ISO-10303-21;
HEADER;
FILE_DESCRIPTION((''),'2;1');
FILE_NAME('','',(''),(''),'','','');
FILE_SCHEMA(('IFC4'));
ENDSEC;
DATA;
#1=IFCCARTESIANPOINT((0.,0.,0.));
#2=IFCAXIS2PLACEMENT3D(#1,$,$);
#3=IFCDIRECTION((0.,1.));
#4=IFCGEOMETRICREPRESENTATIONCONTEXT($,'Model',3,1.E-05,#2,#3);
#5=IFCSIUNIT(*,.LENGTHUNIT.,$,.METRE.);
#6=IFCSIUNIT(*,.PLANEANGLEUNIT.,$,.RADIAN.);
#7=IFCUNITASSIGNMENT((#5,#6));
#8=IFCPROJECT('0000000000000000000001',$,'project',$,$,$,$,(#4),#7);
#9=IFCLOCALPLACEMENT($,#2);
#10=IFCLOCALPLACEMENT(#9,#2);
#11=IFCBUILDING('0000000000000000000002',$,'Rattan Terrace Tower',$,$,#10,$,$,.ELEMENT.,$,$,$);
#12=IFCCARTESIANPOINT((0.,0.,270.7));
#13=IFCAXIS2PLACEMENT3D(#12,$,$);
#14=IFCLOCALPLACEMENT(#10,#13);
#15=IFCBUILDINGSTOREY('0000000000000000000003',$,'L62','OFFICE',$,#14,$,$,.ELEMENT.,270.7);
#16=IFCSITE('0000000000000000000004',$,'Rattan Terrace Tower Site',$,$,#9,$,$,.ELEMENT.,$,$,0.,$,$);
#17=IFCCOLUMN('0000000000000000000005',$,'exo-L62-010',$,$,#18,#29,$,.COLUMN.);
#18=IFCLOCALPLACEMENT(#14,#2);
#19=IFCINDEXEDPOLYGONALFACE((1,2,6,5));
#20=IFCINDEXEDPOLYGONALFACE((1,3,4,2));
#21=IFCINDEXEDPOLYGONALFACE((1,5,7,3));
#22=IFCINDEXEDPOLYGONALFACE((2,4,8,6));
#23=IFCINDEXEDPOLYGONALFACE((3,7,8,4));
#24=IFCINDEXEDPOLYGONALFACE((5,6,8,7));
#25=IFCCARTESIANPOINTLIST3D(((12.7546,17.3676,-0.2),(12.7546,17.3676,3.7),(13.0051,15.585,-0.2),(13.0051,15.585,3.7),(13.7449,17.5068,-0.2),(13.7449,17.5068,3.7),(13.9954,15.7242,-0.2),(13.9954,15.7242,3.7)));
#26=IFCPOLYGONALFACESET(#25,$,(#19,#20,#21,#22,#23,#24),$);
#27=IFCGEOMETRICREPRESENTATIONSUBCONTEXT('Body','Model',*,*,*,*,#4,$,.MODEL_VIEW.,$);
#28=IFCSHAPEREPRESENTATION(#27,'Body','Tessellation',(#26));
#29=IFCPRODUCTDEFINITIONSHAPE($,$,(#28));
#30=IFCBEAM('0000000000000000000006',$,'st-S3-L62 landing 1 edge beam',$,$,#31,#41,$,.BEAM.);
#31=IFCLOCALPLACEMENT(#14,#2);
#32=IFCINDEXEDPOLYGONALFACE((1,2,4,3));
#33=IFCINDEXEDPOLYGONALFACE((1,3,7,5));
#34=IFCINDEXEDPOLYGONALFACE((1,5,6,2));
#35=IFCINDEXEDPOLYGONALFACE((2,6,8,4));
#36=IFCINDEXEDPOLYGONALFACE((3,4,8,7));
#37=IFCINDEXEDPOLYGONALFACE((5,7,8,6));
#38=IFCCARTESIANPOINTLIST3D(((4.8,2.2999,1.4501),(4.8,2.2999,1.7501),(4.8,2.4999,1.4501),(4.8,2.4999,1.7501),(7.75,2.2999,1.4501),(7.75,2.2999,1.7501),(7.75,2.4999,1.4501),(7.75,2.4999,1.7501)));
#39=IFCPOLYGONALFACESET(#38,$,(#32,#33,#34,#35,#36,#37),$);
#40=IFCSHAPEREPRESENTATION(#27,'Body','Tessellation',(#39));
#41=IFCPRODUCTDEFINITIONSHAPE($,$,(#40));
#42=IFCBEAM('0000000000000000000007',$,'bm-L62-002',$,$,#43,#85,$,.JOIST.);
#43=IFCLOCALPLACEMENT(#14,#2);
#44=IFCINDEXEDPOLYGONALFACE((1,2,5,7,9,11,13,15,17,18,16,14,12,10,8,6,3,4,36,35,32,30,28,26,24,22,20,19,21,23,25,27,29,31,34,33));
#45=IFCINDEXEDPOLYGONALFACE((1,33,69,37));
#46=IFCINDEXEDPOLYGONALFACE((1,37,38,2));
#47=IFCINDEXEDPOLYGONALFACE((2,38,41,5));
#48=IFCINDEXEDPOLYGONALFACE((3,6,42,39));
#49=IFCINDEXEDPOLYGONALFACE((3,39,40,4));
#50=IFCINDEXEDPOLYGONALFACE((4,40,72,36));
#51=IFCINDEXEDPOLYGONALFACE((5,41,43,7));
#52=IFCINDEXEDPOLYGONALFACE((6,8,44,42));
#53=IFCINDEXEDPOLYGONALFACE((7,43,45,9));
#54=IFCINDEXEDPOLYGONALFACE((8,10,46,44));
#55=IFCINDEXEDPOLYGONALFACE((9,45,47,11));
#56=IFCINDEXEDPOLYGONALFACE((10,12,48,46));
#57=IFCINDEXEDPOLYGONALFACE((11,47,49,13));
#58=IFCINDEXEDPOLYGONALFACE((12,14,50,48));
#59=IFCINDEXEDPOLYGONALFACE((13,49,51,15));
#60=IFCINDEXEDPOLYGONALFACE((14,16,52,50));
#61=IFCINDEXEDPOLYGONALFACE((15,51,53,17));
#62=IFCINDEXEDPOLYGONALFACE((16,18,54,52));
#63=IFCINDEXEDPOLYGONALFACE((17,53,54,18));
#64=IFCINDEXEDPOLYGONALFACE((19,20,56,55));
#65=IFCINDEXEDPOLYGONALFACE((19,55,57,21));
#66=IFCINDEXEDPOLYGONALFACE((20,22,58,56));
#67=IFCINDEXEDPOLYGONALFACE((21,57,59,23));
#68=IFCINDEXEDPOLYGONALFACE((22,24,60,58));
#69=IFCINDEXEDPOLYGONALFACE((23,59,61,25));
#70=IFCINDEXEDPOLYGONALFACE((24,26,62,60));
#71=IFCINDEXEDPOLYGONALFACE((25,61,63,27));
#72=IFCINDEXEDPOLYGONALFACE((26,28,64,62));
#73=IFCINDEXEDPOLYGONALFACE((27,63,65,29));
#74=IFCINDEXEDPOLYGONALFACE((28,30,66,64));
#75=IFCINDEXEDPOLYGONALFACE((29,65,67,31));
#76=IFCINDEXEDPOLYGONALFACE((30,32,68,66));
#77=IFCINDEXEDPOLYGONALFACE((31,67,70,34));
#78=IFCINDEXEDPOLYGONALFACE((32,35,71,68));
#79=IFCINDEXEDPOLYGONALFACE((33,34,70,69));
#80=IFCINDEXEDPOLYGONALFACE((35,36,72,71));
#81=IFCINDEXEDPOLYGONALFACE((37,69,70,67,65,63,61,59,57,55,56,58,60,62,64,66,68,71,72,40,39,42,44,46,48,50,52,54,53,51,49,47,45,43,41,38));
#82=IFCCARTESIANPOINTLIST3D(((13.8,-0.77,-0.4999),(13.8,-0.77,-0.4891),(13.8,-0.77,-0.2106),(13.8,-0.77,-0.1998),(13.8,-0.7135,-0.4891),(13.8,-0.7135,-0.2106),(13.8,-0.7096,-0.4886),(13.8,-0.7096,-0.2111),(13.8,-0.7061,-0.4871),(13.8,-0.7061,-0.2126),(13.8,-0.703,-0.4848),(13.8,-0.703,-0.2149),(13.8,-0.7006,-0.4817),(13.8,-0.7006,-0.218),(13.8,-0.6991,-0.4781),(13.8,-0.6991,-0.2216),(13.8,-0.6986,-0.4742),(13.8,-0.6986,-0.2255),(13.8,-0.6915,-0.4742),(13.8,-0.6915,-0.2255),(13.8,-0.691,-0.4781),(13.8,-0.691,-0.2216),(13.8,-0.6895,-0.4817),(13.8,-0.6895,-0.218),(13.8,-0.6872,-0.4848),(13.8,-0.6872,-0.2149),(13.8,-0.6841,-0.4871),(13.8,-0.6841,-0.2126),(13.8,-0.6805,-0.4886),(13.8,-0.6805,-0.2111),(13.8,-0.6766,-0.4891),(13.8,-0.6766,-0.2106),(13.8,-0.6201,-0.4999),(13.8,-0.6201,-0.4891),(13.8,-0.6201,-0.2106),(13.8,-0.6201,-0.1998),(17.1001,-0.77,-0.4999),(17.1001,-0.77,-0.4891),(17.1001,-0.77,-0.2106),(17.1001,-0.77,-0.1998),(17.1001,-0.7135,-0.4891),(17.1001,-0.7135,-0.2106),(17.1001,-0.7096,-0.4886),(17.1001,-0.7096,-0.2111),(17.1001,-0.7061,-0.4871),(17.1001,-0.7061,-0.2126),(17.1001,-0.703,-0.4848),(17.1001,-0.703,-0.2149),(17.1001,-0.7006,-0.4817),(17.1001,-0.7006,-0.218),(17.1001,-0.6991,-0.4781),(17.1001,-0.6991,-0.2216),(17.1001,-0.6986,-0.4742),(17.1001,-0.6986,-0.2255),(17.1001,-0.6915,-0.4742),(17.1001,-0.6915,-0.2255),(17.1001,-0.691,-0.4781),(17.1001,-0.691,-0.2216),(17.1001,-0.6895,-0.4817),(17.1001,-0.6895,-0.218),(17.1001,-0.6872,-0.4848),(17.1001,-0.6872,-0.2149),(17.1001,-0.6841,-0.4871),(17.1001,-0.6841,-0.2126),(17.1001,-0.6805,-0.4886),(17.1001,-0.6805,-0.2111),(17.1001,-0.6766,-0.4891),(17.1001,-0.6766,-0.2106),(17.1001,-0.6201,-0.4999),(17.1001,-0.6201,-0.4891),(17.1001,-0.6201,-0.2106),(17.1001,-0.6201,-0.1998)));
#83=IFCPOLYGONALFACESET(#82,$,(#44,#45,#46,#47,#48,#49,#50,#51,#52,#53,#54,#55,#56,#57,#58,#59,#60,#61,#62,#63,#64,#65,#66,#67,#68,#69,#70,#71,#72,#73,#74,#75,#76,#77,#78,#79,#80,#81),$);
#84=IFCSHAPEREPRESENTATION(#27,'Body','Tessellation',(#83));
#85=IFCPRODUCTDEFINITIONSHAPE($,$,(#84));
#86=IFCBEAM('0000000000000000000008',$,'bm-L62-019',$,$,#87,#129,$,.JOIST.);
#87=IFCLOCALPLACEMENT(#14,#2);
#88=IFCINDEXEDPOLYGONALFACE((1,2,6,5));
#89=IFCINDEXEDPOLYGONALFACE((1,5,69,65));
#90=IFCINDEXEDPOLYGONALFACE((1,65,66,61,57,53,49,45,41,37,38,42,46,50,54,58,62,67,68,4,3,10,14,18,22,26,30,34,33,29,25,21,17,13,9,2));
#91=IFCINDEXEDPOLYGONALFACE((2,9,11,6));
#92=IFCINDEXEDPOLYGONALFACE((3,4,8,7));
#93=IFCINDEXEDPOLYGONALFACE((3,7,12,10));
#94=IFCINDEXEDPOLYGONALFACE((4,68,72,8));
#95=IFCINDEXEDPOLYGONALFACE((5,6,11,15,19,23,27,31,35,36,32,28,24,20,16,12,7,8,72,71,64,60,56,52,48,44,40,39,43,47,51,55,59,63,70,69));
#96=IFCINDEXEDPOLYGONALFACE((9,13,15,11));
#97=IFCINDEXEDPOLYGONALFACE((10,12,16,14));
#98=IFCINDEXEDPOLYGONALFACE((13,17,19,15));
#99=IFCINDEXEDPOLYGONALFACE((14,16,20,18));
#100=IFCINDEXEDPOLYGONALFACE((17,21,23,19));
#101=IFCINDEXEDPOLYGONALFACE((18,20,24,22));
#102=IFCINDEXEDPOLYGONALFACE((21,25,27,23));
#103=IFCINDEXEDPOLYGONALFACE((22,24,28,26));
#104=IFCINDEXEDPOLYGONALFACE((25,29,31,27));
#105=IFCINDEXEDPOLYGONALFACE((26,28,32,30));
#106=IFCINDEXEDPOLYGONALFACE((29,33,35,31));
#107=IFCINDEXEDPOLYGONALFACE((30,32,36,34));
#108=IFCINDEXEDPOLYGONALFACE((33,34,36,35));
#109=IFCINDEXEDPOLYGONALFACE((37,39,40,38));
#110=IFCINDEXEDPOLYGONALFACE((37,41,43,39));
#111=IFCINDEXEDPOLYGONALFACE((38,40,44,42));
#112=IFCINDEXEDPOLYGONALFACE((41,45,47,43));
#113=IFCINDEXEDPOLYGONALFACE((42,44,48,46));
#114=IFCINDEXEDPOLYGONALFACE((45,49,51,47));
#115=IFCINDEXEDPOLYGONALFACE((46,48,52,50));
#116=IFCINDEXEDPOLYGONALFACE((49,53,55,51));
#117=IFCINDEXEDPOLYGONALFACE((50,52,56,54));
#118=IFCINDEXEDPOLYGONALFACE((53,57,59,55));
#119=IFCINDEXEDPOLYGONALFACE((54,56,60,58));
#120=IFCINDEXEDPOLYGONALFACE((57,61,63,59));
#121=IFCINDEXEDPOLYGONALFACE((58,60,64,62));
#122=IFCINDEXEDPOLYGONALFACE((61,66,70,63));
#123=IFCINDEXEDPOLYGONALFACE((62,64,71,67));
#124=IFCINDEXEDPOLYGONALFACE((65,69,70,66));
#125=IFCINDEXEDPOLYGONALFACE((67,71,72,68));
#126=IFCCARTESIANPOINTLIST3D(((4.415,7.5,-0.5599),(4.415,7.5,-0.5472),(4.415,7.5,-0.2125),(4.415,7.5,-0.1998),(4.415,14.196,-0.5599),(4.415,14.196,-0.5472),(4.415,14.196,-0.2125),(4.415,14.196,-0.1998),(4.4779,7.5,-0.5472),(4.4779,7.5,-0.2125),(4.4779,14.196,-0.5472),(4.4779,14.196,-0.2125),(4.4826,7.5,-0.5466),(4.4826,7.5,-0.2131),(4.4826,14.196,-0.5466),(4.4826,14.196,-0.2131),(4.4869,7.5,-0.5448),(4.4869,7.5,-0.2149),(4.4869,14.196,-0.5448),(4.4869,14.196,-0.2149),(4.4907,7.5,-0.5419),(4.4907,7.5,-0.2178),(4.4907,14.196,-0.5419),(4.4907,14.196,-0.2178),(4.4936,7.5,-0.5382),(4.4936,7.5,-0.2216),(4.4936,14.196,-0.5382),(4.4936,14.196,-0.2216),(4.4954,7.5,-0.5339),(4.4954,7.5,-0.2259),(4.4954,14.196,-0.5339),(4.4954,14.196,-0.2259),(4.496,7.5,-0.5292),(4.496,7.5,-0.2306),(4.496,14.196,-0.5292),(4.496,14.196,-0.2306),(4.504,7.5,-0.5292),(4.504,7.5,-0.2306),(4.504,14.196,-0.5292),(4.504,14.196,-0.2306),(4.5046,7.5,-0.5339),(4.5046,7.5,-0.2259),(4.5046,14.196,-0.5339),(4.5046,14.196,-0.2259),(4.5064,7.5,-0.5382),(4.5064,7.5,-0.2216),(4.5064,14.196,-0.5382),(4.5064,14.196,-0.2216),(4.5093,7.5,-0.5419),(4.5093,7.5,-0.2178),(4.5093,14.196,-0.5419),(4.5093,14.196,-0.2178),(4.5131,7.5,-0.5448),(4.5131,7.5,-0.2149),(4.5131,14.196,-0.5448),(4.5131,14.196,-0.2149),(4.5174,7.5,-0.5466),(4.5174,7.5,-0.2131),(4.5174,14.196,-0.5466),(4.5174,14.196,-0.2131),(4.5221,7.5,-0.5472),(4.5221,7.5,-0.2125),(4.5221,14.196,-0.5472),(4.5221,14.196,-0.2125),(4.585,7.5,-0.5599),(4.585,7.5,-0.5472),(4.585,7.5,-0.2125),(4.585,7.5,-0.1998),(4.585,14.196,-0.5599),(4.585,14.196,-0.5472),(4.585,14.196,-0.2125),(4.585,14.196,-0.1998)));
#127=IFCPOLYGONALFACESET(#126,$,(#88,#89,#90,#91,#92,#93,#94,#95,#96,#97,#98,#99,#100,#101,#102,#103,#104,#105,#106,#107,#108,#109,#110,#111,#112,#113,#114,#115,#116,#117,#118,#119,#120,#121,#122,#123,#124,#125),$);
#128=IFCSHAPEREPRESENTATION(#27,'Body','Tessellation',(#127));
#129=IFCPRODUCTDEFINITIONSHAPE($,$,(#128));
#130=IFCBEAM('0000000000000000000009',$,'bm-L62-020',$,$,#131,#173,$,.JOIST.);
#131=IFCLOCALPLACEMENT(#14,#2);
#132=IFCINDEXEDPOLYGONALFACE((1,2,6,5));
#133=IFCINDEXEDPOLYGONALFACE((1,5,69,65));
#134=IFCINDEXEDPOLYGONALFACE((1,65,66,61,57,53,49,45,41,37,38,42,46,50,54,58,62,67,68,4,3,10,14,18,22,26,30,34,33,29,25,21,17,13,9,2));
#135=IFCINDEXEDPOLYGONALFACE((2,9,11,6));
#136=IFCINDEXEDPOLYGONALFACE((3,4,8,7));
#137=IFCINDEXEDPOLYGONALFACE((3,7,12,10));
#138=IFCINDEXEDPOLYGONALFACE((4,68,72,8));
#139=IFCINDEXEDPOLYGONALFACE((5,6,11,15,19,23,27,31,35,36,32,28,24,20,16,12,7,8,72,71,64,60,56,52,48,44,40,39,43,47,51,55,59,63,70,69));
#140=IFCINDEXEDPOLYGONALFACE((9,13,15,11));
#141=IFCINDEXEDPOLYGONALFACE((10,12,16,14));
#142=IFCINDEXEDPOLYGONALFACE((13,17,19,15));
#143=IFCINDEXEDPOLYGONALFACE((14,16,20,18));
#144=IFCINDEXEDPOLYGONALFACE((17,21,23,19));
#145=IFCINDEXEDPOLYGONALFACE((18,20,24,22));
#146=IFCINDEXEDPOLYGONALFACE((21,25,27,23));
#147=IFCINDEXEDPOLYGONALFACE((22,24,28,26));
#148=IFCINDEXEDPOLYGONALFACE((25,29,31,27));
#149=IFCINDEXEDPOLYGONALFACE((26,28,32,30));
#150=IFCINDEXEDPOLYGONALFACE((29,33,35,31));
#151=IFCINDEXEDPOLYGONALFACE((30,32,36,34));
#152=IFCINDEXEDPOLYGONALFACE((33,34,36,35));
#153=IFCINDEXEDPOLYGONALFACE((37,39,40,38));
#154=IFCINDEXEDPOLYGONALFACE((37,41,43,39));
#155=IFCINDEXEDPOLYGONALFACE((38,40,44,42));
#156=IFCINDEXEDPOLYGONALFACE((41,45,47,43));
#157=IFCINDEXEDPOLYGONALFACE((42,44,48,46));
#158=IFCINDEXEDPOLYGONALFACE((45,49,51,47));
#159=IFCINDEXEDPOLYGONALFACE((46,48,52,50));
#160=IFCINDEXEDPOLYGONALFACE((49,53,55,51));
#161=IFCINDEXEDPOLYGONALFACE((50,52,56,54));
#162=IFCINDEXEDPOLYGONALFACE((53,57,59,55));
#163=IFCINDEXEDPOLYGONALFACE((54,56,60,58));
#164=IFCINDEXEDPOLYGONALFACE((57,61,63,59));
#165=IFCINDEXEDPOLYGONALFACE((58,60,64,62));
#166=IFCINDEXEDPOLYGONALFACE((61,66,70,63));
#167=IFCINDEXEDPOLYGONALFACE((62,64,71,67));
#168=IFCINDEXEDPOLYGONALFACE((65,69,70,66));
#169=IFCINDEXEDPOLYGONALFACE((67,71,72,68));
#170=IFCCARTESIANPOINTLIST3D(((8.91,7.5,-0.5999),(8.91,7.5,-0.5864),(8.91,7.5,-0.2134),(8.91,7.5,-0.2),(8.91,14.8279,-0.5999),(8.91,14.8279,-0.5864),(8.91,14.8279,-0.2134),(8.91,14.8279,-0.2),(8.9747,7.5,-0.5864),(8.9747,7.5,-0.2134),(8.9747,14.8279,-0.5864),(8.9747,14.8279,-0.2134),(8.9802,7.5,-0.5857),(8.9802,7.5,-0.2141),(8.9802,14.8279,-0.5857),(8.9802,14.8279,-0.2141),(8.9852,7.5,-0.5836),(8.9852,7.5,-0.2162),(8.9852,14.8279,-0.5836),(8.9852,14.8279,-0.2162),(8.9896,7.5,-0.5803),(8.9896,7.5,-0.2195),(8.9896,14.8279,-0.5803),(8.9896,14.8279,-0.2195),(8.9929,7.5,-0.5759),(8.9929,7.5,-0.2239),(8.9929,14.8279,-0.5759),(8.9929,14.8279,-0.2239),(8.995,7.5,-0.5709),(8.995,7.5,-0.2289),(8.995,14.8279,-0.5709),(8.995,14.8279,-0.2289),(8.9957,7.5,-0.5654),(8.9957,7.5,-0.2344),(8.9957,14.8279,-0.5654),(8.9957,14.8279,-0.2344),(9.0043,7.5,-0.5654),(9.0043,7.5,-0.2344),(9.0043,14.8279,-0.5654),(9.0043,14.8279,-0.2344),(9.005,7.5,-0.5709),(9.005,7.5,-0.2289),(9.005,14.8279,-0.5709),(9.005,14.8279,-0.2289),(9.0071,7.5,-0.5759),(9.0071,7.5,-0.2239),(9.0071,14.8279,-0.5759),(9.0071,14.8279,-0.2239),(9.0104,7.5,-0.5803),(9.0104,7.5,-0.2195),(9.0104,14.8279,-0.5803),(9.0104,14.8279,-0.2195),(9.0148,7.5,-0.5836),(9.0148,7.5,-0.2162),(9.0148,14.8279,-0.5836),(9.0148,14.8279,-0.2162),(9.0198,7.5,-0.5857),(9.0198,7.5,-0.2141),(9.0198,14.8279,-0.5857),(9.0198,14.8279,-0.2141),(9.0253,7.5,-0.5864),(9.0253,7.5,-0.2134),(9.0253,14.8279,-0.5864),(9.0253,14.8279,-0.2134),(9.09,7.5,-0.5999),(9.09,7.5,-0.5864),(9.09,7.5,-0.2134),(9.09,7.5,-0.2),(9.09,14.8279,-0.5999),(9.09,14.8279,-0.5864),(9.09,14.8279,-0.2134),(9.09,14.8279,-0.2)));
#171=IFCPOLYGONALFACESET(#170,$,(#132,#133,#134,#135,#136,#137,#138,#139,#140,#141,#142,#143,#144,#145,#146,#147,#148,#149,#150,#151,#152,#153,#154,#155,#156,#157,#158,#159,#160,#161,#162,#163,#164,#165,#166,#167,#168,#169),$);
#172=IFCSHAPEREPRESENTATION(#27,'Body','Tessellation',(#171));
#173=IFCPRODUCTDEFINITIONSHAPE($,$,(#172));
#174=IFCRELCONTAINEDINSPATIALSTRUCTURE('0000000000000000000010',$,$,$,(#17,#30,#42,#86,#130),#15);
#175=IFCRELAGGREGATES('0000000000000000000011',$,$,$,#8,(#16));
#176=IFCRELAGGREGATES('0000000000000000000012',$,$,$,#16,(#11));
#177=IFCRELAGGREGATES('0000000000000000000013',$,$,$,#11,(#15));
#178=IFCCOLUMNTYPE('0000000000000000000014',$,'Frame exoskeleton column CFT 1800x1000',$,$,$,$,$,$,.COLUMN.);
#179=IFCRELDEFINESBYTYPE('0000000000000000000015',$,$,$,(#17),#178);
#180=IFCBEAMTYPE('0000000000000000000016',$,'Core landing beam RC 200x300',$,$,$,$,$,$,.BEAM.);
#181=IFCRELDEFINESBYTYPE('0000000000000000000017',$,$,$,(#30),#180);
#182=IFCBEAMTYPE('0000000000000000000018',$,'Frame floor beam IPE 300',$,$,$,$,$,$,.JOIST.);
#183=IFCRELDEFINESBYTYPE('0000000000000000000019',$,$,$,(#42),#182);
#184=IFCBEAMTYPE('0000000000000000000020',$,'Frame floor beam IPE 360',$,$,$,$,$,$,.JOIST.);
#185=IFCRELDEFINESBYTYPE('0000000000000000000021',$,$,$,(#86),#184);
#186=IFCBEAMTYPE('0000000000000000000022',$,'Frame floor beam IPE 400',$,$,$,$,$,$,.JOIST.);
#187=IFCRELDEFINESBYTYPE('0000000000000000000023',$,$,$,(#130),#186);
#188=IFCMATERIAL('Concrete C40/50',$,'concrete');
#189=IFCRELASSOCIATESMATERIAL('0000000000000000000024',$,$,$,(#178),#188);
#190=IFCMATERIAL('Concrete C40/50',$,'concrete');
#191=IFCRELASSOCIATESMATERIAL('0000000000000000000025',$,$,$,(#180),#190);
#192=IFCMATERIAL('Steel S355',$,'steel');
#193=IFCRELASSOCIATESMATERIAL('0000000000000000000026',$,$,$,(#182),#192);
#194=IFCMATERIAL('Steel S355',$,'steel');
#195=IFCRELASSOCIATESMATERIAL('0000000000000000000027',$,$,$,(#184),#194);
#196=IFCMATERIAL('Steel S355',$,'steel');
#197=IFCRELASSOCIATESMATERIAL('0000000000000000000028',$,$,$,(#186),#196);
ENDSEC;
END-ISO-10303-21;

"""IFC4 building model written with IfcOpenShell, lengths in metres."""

from ifc_helpers import new_model, si_unit, direction, frame, origin, origin_2d, place, context, subcontext, project, spatial, rectangle, i_section, extrude, material, material_profile, profile_set, type_object, element, save


model = new_model("IFC4")

# Units and contexts
model_context = context("Model", 3, precision=1e-05, world=origin(), true_north=direction((0.0, 1.0)))
body_context = subcontext(model_context, "Body", "Model", "MODEL_VIEW")
ifc_project = project(units=[si_unit("LENGTHUNIT", "METRE"), si_unit("PLANEANGLEUNIT", "RADIAN")], contexts=[model_context])

# Site, building, storey
site_placement = place(None, origin())
site = spatial("IfcSite", under=ifc_project, at=site_placement, Name="Rattan Terrace Tower Site", CompositionType="ELEMENT", RefElevation=0.0)
building_placement = place(site_placement, origin())
building = spatial("IfcBuilding", under=site, at=building_placement, Name="Rattan Terrace Tower", CompositionType="ELEMENT")
storey_placement = place(building_placement, frame((0.0, 0.0, 270.7)))
storey = spatial("IfcBuildingStorey", under=building, at=storey_placement, Name="L62", Description="OFFICE", CompositionType="ELEMENT", Elevation=270.7)

# Column
ifc_material_1 = material(Name="Concrete C40/50", Category="concrete")
ifc_material_profile_1 = material_profile(ifc_material_1, rectangle(XDim=1.0, YDim=1.8, at=origin_2d()), Name="CFT 1800x1000")
ifc_profile_set_1 = profile_set([ifc_material_profile_1], Name="Concrete C40/50")
column_type = type_object("IfcColumnType", Name="Frame exoskeleton column CFT 1800x1000", PredefinedType="COLUMN", material=ifc_profile_set_1)
column_placement = place(storey_placement, frame((13.375, 16.5459, -0.2), z_axis=(0.0, 0.0, 1.0), x_axis=(0.990266, 0.13919, 0.0)))
element("IfcColumn", 1, at=column_placement, inside=storey, type_object=column_type, Name="exo-L62-010", PredefinedType="COLUMN", context=body_context, shape_type="SweptSolid", body=[
    extrude(rectangle(XDim=1.0, YDim=1.8, at=origin_2d()), origin(), (0.0, 0.0, 1.0), 3.8999),
])

# Beams
ifc_material_2 = material(Name="Concrete C40/50", Category="concrete")
ifc_material_profile_2 = material_profile(ifc_material_2, rectangle(XDim=0.2, YDim=0.3, at=origin_2d()), Name="RC 200x300")
ifc_profile_set_2 = profile_set([ifc_material_profile_2], Name="Concrete C40/50")
beam_type_1 = type_object("IfcBeamType", Name="Core landing beam RC 200x300", PredefinedType="BEAM", material=ifc_profile_set_2)
beam_1_placement = place(storey_placement, frame((4.8, 2.3999, 1.6001), z_axis=(1.0, 0.0, 0.0), x_axis=(0.0, 1.0, 0.0)))
element("IfcBeam", 2, at=beam_1_placement, inside=storey, type_object=beam_type_1, Name="st-S3-L62 landing 1 edge beam", PredefinedType="BEAM", context=body_context, shape_type="SweptSolid", body=[
    extrude(rectangle(XDim=0.2, YDim=0.3, at=origin_2d()), origin(), (0.0, 0.0, 1.0), 2.95),
])
ifc_material_3 = material(Name="Steel S355", Category="steel")
ifc_material_profile_3 = material_profile(ifc_material_3, i_section(OverallWidth=0.1499, OverallDepth=0.3, WebThickness=0.0071, FlangeThickness=0.0107, FilletRadius=0.0149, at=origin_2d()), Name="IPE 300")
ifc_profile_set_3 = profile_set([ifc_material_profile_3], Name="Steel S355")
beam_type_2 = type_object("IfcBeamType", Name="Frame floor beam IPE 300", PredefinedType="JOIST", material=ifc_profile_set_3)
beam_2_placement = place(storey_placement, frame((13.8, -0.6951, -0.3499), z_axis=(1.0, 0.0, 0.0), x_axis=(0.0, 1.0, 0.0)))
element("IfcBeam", 3, at=beam_2_placement, inside=storey, type_object=beam_type_2, Name="bm-L62-002", PredefinedType="JOIST", context=body_context, shape_type="SweptSolid", body=[
    extrude(i_section(OverallWidth=0.1499, OverallDepth=0.3, WebThickness=0.0071, FlangeThickness=0.0107, FilletRadius=0.0149, at=origin_2d()), origin(), (0.0, 0.0, 1.0), 3.3),
])
ifc_material_4 = material(Name="Steel S355", Category="steel")
ifc_material_profile_4 = material_profile(ifc_material_4, i_section(OverallWidth=0.1699, OverallDepth=0.3601, WebThickness=0.0081, FlangeThickness=0.0127, FilletRadius=0.0181, at=origin_2d()), Name="IPE 360")
ifc_profile_set_4 = profile_set([ifc_material_profile_4], Name="Steel S355")
beam_type_3 = type_object("IfcBeamType", Name="Frame floor beam IPE 360", PredefinedType="JOIST", material=ifc_profile_set_4)
beam_3_placement = place(storey_placement, frame((4.5, 7.5, -0.3799), z_axis=(0.0, 1.0, 0.0), x_axis=(-1.0, 0.0, 0.0)))
element("IfcBeam", 4, at=beam_3_placement, inside=storey, type_object=beam_type_3, Name="bm-L62-019", PredefinedType="JOIST", context=body_context, shape_type="SweptSolid", body=[
    extrude(i_section(OverallWidth=0.1699, OverallDepth=0.3601, WebThickness=0.0081, FlangeThickness=0.0127, FilletRadius=0.0181, at=origin_2d()), origin(), (0.0, 0.0, 1.0), 6.696),
])
ifc_material_5 = material(Name="Steel S355", Category="steel")
ifc_material_profile_5 = material_profile(ifc_material_5, i_section(OverallWidth=0.1799, OverallDepth=0.3999, WebThickness=0.0085, FlangeThickness=0.0134, FilletRadius=0.021, at=origin_2d()), Name="IPE 400")
ifc_profile_set_5 = profile_set([ifc_material_profile_5], Name="Steel S355")
beam_type_4 = type_object("IfcBeamType", Name="Frame floor beam IPE 400", PredefinedType="JOIST", material=ifc_profile_set_5)
beam_4_placement = place(storey_placement, frame((9.0, 7.5, -0.3999), z_axis=(0.0, 1.0, 0.0), x_axis=(-1.0, 0.0, 0.0)))
element("IfcBeam", 5, at=beam_4_placement, inside=storey, type_object=beam_type_4, Name="bm-L62-020", PredefinedType="JOIST", context=body_context, shape_type="SweptSolid", body=[
    extrude(i_section(OverallWidth=0.1799, OverallDepth=0.3999, WebThickness=0.0085, FlangeThickness=0.0134, FilletRadius=0.021, at=origin_2d()), origin(), (0.0, 0.0, 1.0), 7.3279),
])

save(model, "model.ifc")
